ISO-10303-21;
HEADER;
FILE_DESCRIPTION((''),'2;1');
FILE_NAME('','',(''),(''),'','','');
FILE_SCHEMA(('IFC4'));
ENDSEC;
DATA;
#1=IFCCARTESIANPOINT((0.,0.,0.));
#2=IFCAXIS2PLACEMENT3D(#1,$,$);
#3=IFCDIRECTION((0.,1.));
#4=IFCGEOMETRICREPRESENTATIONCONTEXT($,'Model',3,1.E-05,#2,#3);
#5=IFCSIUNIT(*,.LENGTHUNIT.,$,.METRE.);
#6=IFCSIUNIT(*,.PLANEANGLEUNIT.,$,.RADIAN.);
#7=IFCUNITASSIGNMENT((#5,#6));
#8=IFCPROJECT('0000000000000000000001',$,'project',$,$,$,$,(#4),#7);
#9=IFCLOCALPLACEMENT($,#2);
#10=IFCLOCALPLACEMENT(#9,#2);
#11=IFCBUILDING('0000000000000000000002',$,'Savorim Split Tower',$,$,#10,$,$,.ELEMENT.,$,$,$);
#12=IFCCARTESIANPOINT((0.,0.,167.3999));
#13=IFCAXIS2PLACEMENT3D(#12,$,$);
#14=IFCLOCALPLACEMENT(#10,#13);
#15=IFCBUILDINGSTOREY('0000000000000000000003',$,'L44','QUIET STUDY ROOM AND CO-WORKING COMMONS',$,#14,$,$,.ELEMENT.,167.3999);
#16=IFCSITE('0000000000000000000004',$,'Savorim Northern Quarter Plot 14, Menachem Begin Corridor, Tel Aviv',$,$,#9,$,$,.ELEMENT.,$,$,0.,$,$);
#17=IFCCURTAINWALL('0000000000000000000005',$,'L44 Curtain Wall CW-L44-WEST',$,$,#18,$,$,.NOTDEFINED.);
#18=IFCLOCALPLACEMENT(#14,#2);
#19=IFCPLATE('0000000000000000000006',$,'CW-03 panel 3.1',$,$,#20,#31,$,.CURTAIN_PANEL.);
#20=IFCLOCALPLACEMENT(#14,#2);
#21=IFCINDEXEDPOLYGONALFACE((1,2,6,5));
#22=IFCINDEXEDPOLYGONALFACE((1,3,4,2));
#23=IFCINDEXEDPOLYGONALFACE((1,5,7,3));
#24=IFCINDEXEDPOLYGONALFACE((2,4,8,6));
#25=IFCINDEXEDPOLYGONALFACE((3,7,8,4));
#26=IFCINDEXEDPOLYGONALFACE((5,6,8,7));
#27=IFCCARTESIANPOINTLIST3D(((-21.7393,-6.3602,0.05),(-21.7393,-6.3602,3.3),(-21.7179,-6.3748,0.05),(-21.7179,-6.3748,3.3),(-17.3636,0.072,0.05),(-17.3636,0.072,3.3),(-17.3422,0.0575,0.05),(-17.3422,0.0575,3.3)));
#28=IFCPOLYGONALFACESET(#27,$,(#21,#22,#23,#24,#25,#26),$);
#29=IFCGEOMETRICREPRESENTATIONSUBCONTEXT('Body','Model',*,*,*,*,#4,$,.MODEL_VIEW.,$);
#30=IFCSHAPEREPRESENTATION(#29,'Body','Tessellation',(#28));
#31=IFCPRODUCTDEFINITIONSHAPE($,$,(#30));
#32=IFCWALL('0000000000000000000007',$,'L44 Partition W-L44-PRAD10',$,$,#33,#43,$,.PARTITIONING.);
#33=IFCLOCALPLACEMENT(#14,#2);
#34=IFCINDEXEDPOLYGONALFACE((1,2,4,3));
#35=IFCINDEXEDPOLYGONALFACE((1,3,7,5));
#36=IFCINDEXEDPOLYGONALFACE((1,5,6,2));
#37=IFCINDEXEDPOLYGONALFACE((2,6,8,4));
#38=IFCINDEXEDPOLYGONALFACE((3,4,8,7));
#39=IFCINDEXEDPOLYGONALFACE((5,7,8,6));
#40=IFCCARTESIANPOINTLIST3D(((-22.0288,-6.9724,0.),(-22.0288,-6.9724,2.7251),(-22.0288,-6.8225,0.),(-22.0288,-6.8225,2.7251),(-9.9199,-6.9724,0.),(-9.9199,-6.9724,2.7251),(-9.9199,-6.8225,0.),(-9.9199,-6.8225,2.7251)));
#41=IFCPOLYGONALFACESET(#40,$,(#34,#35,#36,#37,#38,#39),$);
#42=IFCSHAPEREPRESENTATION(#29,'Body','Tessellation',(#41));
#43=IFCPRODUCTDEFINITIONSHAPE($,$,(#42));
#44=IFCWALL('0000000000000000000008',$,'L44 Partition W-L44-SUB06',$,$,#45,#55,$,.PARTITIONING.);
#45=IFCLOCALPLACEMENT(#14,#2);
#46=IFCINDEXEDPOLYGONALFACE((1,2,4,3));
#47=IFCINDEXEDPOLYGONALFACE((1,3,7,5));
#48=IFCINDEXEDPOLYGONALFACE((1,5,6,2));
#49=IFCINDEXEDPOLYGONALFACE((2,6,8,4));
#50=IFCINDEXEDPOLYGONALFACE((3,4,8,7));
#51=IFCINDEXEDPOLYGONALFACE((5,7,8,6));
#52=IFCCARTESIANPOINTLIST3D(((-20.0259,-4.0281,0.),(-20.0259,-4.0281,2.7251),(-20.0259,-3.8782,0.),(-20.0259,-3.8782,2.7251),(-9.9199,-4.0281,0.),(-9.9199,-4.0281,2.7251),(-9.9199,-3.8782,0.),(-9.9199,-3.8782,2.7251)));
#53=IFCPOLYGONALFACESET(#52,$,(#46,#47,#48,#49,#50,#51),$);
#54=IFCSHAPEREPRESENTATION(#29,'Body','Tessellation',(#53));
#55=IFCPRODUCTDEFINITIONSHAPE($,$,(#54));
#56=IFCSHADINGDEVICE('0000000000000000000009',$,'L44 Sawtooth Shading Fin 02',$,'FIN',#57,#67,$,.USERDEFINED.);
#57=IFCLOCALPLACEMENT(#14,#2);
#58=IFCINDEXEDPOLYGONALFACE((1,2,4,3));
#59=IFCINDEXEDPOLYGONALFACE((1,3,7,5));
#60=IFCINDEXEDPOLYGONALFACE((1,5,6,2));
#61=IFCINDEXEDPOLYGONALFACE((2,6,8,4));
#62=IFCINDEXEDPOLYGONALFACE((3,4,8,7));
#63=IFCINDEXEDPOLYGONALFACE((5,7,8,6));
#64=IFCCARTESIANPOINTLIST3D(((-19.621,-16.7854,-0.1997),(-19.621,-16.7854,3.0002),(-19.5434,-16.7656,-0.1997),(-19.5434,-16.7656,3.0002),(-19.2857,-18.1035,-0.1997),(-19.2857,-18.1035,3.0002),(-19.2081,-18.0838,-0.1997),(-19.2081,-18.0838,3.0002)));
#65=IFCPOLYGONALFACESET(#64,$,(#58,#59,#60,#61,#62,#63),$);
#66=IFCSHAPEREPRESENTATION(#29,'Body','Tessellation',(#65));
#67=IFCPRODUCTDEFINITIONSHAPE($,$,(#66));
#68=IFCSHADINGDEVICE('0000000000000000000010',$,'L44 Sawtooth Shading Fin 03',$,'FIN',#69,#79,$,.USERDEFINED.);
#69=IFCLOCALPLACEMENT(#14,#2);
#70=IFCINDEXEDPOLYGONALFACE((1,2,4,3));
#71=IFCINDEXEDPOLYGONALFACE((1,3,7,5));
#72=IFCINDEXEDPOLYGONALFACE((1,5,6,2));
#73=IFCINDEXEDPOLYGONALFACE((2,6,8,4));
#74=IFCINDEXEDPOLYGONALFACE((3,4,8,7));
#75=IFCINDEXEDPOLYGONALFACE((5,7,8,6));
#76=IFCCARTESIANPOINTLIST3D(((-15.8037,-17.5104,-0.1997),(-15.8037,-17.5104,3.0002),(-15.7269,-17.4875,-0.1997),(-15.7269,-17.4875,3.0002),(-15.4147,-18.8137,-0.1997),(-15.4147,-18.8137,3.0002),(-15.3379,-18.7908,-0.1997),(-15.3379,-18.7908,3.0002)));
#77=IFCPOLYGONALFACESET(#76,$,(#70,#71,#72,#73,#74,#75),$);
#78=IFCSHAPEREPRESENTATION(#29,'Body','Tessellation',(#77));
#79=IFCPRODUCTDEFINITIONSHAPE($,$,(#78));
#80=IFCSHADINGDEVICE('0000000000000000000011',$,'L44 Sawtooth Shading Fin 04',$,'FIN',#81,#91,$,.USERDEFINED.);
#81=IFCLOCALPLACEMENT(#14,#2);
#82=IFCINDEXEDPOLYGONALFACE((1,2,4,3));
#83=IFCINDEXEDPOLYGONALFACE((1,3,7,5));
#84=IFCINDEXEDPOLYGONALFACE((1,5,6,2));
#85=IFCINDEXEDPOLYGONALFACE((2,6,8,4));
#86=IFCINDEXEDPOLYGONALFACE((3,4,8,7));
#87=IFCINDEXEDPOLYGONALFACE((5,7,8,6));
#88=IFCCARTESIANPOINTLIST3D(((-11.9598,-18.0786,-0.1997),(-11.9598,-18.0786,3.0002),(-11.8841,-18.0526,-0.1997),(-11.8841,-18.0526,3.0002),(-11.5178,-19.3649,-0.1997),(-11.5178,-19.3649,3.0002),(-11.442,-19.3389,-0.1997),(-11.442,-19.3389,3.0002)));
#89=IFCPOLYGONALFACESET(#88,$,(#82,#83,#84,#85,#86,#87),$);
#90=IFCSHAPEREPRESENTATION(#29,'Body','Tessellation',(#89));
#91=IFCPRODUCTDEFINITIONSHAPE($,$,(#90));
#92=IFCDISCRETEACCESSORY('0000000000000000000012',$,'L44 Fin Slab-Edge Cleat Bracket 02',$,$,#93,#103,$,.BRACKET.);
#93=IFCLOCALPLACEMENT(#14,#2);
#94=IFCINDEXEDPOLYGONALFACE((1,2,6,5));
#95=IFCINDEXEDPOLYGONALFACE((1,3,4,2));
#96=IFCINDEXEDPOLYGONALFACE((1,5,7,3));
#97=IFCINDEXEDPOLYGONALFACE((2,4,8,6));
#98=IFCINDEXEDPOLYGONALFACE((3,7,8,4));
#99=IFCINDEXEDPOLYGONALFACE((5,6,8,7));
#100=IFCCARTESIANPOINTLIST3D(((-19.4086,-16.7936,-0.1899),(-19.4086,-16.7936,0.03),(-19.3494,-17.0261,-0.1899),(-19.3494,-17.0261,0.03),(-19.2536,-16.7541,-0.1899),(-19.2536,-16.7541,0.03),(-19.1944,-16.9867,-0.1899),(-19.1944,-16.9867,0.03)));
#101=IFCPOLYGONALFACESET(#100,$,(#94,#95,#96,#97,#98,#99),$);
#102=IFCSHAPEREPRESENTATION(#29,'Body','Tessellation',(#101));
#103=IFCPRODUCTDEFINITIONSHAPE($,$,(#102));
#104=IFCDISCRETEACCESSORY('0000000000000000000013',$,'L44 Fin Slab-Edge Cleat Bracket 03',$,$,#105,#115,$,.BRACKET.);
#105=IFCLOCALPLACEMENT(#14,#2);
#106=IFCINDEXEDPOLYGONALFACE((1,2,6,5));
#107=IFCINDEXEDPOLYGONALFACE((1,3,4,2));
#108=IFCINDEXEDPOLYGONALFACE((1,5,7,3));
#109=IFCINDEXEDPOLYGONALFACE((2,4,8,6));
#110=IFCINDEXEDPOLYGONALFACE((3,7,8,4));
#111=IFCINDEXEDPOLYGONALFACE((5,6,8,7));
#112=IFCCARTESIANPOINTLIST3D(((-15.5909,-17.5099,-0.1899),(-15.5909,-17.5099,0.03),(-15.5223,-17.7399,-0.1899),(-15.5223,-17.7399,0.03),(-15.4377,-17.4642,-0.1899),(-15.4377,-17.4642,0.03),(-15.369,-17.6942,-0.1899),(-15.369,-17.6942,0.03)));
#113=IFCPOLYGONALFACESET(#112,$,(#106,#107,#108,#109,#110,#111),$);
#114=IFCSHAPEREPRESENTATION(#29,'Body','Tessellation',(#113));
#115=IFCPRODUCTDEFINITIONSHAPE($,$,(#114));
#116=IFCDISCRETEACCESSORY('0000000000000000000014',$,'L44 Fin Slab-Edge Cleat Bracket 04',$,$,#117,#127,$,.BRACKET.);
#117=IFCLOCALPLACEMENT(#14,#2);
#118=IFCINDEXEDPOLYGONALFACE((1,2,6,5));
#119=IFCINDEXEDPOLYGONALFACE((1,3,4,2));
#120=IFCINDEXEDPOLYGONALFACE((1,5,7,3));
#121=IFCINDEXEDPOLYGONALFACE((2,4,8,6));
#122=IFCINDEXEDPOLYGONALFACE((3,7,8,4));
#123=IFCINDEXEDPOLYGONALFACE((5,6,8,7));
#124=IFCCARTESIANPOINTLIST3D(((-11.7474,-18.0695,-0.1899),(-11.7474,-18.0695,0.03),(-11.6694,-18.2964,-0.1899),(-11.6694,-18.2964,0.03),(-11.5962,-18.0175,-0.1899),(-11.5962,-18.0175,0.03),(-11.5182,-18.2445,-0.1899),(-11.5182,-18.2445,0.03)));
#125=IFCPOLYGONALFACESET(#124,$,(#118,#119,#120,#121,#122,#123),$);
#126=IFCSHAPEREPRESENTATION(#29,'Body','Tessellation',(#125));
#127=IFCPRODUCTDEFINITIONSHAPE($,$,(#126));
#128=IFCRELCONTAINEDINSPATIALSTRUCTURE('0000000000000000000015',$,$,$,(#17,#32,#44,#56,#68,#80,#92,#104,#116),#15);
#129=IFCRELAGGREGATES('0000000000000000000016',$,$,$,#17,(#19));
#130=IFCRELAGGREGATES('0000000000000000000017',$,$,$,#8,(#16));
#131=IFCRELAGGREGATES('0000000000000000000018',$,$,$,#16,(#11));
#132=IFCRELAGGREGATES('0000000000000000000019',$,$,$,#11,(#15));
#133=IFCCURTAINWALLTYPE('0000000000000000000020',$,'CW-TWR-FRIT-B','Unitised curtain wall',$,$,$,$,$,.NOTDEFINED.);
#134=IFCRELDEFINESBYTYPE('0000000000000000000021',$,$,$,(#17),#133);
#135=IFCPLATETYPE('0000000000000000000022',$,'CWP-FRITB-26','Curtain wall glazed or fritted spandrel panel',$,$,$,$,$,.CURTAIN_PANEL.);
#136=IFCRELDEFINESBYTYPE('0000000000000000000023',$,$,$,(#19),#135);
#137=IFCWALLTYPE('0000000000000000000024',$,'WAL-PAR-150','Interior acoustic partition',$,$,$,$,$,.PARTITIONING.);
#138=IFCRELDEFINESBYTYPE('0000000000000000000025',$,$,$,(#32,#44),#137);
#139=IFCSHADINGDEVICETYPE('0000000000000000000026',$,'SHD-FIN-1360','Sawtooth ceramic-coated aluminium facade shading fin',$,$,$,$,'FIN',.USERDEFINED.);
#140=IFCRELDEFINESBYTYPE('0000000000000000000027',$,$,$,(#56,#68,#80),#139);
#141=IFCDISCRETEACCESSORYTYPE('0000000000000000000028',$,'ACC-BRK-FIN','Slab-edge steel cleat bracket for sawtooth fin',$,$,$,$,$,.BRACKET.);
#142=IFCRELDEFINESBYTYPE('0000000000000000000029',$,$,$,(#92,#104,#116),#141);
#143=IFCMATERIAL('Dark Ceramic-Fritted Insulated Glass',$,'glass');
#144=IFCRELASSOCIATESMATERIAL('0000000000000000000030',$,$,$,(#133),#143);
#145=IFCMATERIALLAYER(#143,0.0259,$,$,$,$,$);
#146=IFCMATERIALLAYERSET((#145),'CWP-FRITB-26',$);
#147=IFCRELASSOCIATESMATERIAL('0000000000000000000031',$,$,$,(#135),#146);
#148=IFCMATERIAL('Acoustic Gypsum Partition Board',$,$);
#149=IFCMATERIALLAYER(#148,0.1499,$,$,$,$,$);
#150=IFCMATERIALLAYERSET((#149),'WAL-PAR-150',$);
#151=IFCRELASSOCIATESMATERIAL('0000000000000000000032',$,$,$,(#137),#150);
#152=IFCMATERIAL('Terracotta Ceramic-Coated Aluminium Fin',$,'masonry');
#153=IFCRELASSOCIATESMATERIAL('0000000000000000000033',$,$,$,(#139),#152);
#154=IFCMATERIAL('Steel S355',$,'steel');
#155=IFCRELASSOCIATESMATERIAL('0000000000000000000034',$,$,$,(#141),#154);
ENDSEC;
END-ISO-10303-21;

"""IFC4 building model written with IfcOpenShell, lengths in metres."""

from ifc_helpers import new_model, si_unit, direction, frame, frame_2d, origin, origin_2d, place, context, subcontext, project, spatial, rectangle, extrude, material, layer, layer_set, type_object, element, aggregate, save


model = new_model("IFC4")

# Units and contexts
model_context = context("Model", 3, precision=1e-05, world=origin(), true_north=direction((0.0, 1.0)))
body_context = subcontext(model_context, "Body", "Model", "MODEL_VIEW")
ifc_project = project(units=[si_unit("LENGTHUNIT", "METRE"), si_unit("PLANEANGLEUNIT", "RADIAN")], contexts=[model_context])

# Site, building, storey
site_placement = place(None, origin())
site = spatial("IfcSite", under=ifc_project, at=site_placement, Name="Savorim Northern Quarter Plot 14, Menachem Begin Corridor, Tel Aviv", CompositionType="ELEMENT", RefElevation=0.0)
building_placement = place(site_placement, origin())
building = spatial("IfcBuilding", under=site, at=building_placement, Name="Savorim Split Tower", CompositionType="ELEMENT")
storey_placement = place(building_placement, frame((0.0, 0.0, 167.3999)))
storey = spatial("IfcBuildingStorey", under=building, at=storey_placement, Name="L44", Description="QUIET STUDY ROOM AND CO-WORKING COMMONS", CompositionType="ELEMENT", Elevation=167.3999)

# Shared definitions
ifc_material_1 = material(Name="Steel S355", Category="steel")

# Shared definitions
ifc_material_2 = material(Name="Dark Ceramic-Fritted Insulated Glass", Category="glass")
curtain_wall_type = type_object("IfcCurtainWallType", Name="CW-TWR-FRIT-B", Description="Unitised curtain wall", PredefinedType="NOTDEFINED", material=ifc_material_2)

# Shared definitions
ifc_layer_1 = layer(ifc_material_2, 0.0259)
ifc_layer_set_1 = layer_set([ifc_layer_1], Name="CWP-FRITB-26")
plate_type = type_object("IfcPlateType", Name="CWP-FRITB-26", Description="Curtain wall glazed or fritted spandrel panel", PredefinedType="CURTAIN_PANEL", material=ifc_layer_set_1)

# Curtain wall, plate
curtain_wall_1_placement = place(storey_placement, origin())
curtain_wall_1 = element("IfcCurtainWall", 1, at=curtain_wall_1_placement, inside=storey, type_object=curtain_wall_type, Name="L44 Curtain Wall CW-L44-WEST", PredefinedType="NOTDEFINED")
plate_1_placement = place(storey_placement, frame((-19.5408, -3.1514, 0.05), z_axis=(0.0, 0.0, 1.0), x_axis=(-0.562468, -0.826819, 0.0)))
plate_1 = element("IfcPlate", 2, at=plate_1_placement, type_object=plate_type, Name="CW-03 panel 3.1", PredefinedType="CURTAIN_PANEL", context=body_context, shape_type="SweptSolid", body=[
    extrude(rectangle(XDim=7.7795, YDim=0.0259, at=origin_2d()), origin(), (0.0, 0.0, 1.0), 3.25),
])
aggregate(curtain_wall_1, [plate_1])

# Walls
ifc_material_3 = material(Name="Acoustic Gypsum Partition Board")
ifc_layer_2 = layer(ifc_material_3, 0.1499)
ifc_layer_set_2 = layer_set([ifc_layer_2], Name="WAL-PAR-150")
wall_type = type_object("IfcWallType", Name="WAL-PAR-150", Description="Interior acoustic partition", PredefinedType="PARTITIONING", material=ifc_layer_set_2)
wall_1_placement = place(storey_placement, frame((-9.9199, -6.8975, 0.0), z_axis=(0.0, 0.0, 1.0), x_axis=(-1.0, 0.0, 0.0)))
element("IfcWall", 3, at=wall_1_placement, inside=storey, type_object=wall_type, Name="L44 Partition W-L44-PRAD10", PredefinedType="PARTITIONING", context=body_context, shape_type="SweptSolid", body=[
    extrude(rectangle(XDim=12.1089, YDim=0.1499, at=frame_2d((6.0544, 0.0))), origin(), (0.0, 0.0, 1.0), 2.7251),
])
wall_2_placement = place(storey_placement, frame((-9.9199, -3.9531, 0.0), z_axis=(0.0, 0.0, 1.0), x_axis=(-1.0, 0.0, 0.0)))
element("IfcWall", 4, at=wall_2_placement, inside=storey, type_object=wall_type, Name="L44 Partition W-L44-SUB06", PredefinedType="PARTITIONING", context=body_context, shape_type="SweptSolid", body=[
    extrude(rectangle(XDim=10.106, YDim=0.1499, at=frame_2d((5.053, 0.0))), origin(), (0.0, 0.0, 1.0), 2.7251),
])

# Shading devices
ifc_material_4 = material(Name="Terracotta Ceramic-Coated Aluminium Fin", Category="masonry")
shading_device_type = type_object("IfcShadingDeviceType", Name="SHD-FIN-1360", Description="Sawtooth ceramic-coated aluminium facade shading fin", ElementType="FIN", PredefinedType="USERDEFINED", material=ifc_material_4)
for number, where, z_axis, x_axis, name in (
    (5, (-19.4146, -17.4346, -0.1997), (0.0, 0.0, 1.0), (0.246581, -0.969122, 0.0), "L44 Sawtooth Shading Fin 02"),
    (6, (-15.5708, -18.1506, -0.1997), (0.0, 0.0, 1.0), (0.286026, -0.958222, 0.0), "L44 Sawtooth Shading Fin 03"),
    (7, (-11.7009, -18.7087, -0.1997), (0.0, 0.0, 1.0), (0.324994, -0.945716, 0.0), "L44 Sawtooth Shading Fin 04"),
):
    element("IfcShadingDevice", number, at=place(storey_placement, frame(where, z_axis=z_axis, x_axis=x_axis)), inside=storey, type_object=shading_device_type, Name=name, ObjectType="FIN", PredefinedType="USERDEFINED", context=body_context, shape_type="SweptSolid", body=[
        extrude(rectangle(XDim=1.3601, YDim=0.0801, at=origin_2d()), origin(), (0.0, 0.0, 1.0), 3.2),
    ])

# Discrete accessories
discrete_accessory_type = type_object("IfcDiscreteAccessoryType", Name="ACC-BRK-FIN", Description="Slab-edge steel cleat bracket for sawtooth fin", PredefinedType="BRACKET", material=ifc_material_1)
for number, where, z_axis, x_axis, name in (
    (8, (-19.3015, -16.8901, -0.1899), (0.0, 0.0, 1.0), (0.246581, -0.969122, 0.0), "L44 Fin Slab-Edge Cleat Bracket 02"),
    (9, (-15.48, -17.6021, -0.1899), (0.0, 0.0, 1.0), (0.286026, -0.958222, 0.0), "L44 Fin Slab-Edge Cleat Bracket 03"),
    (10, (-11.6328, -18.157, -0.1899), (0.0, 0.0, 1.0), (0.324994, -0.945716, 0.0), "L44 Fin Slab-Edge Cleat Bracket 04"),
):
    element("IfcDiscreteAccessory", number, at=place(storey_placement, frame(where, z_axis=z_axis, x_axis=x_axis)), inside=storey, type_object=discrete_accessory_type, Name=name, PredefinedType="BRACKET", context=body_context, shape_type="SweptSolid", body=[
        extrude(rectangle(XDim=0.24, YDim=0.1599, at=origin_2d()), origin(), (0.0, 0.0, 1.0), 0.22),
    ])

save(model, "model.ifc")
